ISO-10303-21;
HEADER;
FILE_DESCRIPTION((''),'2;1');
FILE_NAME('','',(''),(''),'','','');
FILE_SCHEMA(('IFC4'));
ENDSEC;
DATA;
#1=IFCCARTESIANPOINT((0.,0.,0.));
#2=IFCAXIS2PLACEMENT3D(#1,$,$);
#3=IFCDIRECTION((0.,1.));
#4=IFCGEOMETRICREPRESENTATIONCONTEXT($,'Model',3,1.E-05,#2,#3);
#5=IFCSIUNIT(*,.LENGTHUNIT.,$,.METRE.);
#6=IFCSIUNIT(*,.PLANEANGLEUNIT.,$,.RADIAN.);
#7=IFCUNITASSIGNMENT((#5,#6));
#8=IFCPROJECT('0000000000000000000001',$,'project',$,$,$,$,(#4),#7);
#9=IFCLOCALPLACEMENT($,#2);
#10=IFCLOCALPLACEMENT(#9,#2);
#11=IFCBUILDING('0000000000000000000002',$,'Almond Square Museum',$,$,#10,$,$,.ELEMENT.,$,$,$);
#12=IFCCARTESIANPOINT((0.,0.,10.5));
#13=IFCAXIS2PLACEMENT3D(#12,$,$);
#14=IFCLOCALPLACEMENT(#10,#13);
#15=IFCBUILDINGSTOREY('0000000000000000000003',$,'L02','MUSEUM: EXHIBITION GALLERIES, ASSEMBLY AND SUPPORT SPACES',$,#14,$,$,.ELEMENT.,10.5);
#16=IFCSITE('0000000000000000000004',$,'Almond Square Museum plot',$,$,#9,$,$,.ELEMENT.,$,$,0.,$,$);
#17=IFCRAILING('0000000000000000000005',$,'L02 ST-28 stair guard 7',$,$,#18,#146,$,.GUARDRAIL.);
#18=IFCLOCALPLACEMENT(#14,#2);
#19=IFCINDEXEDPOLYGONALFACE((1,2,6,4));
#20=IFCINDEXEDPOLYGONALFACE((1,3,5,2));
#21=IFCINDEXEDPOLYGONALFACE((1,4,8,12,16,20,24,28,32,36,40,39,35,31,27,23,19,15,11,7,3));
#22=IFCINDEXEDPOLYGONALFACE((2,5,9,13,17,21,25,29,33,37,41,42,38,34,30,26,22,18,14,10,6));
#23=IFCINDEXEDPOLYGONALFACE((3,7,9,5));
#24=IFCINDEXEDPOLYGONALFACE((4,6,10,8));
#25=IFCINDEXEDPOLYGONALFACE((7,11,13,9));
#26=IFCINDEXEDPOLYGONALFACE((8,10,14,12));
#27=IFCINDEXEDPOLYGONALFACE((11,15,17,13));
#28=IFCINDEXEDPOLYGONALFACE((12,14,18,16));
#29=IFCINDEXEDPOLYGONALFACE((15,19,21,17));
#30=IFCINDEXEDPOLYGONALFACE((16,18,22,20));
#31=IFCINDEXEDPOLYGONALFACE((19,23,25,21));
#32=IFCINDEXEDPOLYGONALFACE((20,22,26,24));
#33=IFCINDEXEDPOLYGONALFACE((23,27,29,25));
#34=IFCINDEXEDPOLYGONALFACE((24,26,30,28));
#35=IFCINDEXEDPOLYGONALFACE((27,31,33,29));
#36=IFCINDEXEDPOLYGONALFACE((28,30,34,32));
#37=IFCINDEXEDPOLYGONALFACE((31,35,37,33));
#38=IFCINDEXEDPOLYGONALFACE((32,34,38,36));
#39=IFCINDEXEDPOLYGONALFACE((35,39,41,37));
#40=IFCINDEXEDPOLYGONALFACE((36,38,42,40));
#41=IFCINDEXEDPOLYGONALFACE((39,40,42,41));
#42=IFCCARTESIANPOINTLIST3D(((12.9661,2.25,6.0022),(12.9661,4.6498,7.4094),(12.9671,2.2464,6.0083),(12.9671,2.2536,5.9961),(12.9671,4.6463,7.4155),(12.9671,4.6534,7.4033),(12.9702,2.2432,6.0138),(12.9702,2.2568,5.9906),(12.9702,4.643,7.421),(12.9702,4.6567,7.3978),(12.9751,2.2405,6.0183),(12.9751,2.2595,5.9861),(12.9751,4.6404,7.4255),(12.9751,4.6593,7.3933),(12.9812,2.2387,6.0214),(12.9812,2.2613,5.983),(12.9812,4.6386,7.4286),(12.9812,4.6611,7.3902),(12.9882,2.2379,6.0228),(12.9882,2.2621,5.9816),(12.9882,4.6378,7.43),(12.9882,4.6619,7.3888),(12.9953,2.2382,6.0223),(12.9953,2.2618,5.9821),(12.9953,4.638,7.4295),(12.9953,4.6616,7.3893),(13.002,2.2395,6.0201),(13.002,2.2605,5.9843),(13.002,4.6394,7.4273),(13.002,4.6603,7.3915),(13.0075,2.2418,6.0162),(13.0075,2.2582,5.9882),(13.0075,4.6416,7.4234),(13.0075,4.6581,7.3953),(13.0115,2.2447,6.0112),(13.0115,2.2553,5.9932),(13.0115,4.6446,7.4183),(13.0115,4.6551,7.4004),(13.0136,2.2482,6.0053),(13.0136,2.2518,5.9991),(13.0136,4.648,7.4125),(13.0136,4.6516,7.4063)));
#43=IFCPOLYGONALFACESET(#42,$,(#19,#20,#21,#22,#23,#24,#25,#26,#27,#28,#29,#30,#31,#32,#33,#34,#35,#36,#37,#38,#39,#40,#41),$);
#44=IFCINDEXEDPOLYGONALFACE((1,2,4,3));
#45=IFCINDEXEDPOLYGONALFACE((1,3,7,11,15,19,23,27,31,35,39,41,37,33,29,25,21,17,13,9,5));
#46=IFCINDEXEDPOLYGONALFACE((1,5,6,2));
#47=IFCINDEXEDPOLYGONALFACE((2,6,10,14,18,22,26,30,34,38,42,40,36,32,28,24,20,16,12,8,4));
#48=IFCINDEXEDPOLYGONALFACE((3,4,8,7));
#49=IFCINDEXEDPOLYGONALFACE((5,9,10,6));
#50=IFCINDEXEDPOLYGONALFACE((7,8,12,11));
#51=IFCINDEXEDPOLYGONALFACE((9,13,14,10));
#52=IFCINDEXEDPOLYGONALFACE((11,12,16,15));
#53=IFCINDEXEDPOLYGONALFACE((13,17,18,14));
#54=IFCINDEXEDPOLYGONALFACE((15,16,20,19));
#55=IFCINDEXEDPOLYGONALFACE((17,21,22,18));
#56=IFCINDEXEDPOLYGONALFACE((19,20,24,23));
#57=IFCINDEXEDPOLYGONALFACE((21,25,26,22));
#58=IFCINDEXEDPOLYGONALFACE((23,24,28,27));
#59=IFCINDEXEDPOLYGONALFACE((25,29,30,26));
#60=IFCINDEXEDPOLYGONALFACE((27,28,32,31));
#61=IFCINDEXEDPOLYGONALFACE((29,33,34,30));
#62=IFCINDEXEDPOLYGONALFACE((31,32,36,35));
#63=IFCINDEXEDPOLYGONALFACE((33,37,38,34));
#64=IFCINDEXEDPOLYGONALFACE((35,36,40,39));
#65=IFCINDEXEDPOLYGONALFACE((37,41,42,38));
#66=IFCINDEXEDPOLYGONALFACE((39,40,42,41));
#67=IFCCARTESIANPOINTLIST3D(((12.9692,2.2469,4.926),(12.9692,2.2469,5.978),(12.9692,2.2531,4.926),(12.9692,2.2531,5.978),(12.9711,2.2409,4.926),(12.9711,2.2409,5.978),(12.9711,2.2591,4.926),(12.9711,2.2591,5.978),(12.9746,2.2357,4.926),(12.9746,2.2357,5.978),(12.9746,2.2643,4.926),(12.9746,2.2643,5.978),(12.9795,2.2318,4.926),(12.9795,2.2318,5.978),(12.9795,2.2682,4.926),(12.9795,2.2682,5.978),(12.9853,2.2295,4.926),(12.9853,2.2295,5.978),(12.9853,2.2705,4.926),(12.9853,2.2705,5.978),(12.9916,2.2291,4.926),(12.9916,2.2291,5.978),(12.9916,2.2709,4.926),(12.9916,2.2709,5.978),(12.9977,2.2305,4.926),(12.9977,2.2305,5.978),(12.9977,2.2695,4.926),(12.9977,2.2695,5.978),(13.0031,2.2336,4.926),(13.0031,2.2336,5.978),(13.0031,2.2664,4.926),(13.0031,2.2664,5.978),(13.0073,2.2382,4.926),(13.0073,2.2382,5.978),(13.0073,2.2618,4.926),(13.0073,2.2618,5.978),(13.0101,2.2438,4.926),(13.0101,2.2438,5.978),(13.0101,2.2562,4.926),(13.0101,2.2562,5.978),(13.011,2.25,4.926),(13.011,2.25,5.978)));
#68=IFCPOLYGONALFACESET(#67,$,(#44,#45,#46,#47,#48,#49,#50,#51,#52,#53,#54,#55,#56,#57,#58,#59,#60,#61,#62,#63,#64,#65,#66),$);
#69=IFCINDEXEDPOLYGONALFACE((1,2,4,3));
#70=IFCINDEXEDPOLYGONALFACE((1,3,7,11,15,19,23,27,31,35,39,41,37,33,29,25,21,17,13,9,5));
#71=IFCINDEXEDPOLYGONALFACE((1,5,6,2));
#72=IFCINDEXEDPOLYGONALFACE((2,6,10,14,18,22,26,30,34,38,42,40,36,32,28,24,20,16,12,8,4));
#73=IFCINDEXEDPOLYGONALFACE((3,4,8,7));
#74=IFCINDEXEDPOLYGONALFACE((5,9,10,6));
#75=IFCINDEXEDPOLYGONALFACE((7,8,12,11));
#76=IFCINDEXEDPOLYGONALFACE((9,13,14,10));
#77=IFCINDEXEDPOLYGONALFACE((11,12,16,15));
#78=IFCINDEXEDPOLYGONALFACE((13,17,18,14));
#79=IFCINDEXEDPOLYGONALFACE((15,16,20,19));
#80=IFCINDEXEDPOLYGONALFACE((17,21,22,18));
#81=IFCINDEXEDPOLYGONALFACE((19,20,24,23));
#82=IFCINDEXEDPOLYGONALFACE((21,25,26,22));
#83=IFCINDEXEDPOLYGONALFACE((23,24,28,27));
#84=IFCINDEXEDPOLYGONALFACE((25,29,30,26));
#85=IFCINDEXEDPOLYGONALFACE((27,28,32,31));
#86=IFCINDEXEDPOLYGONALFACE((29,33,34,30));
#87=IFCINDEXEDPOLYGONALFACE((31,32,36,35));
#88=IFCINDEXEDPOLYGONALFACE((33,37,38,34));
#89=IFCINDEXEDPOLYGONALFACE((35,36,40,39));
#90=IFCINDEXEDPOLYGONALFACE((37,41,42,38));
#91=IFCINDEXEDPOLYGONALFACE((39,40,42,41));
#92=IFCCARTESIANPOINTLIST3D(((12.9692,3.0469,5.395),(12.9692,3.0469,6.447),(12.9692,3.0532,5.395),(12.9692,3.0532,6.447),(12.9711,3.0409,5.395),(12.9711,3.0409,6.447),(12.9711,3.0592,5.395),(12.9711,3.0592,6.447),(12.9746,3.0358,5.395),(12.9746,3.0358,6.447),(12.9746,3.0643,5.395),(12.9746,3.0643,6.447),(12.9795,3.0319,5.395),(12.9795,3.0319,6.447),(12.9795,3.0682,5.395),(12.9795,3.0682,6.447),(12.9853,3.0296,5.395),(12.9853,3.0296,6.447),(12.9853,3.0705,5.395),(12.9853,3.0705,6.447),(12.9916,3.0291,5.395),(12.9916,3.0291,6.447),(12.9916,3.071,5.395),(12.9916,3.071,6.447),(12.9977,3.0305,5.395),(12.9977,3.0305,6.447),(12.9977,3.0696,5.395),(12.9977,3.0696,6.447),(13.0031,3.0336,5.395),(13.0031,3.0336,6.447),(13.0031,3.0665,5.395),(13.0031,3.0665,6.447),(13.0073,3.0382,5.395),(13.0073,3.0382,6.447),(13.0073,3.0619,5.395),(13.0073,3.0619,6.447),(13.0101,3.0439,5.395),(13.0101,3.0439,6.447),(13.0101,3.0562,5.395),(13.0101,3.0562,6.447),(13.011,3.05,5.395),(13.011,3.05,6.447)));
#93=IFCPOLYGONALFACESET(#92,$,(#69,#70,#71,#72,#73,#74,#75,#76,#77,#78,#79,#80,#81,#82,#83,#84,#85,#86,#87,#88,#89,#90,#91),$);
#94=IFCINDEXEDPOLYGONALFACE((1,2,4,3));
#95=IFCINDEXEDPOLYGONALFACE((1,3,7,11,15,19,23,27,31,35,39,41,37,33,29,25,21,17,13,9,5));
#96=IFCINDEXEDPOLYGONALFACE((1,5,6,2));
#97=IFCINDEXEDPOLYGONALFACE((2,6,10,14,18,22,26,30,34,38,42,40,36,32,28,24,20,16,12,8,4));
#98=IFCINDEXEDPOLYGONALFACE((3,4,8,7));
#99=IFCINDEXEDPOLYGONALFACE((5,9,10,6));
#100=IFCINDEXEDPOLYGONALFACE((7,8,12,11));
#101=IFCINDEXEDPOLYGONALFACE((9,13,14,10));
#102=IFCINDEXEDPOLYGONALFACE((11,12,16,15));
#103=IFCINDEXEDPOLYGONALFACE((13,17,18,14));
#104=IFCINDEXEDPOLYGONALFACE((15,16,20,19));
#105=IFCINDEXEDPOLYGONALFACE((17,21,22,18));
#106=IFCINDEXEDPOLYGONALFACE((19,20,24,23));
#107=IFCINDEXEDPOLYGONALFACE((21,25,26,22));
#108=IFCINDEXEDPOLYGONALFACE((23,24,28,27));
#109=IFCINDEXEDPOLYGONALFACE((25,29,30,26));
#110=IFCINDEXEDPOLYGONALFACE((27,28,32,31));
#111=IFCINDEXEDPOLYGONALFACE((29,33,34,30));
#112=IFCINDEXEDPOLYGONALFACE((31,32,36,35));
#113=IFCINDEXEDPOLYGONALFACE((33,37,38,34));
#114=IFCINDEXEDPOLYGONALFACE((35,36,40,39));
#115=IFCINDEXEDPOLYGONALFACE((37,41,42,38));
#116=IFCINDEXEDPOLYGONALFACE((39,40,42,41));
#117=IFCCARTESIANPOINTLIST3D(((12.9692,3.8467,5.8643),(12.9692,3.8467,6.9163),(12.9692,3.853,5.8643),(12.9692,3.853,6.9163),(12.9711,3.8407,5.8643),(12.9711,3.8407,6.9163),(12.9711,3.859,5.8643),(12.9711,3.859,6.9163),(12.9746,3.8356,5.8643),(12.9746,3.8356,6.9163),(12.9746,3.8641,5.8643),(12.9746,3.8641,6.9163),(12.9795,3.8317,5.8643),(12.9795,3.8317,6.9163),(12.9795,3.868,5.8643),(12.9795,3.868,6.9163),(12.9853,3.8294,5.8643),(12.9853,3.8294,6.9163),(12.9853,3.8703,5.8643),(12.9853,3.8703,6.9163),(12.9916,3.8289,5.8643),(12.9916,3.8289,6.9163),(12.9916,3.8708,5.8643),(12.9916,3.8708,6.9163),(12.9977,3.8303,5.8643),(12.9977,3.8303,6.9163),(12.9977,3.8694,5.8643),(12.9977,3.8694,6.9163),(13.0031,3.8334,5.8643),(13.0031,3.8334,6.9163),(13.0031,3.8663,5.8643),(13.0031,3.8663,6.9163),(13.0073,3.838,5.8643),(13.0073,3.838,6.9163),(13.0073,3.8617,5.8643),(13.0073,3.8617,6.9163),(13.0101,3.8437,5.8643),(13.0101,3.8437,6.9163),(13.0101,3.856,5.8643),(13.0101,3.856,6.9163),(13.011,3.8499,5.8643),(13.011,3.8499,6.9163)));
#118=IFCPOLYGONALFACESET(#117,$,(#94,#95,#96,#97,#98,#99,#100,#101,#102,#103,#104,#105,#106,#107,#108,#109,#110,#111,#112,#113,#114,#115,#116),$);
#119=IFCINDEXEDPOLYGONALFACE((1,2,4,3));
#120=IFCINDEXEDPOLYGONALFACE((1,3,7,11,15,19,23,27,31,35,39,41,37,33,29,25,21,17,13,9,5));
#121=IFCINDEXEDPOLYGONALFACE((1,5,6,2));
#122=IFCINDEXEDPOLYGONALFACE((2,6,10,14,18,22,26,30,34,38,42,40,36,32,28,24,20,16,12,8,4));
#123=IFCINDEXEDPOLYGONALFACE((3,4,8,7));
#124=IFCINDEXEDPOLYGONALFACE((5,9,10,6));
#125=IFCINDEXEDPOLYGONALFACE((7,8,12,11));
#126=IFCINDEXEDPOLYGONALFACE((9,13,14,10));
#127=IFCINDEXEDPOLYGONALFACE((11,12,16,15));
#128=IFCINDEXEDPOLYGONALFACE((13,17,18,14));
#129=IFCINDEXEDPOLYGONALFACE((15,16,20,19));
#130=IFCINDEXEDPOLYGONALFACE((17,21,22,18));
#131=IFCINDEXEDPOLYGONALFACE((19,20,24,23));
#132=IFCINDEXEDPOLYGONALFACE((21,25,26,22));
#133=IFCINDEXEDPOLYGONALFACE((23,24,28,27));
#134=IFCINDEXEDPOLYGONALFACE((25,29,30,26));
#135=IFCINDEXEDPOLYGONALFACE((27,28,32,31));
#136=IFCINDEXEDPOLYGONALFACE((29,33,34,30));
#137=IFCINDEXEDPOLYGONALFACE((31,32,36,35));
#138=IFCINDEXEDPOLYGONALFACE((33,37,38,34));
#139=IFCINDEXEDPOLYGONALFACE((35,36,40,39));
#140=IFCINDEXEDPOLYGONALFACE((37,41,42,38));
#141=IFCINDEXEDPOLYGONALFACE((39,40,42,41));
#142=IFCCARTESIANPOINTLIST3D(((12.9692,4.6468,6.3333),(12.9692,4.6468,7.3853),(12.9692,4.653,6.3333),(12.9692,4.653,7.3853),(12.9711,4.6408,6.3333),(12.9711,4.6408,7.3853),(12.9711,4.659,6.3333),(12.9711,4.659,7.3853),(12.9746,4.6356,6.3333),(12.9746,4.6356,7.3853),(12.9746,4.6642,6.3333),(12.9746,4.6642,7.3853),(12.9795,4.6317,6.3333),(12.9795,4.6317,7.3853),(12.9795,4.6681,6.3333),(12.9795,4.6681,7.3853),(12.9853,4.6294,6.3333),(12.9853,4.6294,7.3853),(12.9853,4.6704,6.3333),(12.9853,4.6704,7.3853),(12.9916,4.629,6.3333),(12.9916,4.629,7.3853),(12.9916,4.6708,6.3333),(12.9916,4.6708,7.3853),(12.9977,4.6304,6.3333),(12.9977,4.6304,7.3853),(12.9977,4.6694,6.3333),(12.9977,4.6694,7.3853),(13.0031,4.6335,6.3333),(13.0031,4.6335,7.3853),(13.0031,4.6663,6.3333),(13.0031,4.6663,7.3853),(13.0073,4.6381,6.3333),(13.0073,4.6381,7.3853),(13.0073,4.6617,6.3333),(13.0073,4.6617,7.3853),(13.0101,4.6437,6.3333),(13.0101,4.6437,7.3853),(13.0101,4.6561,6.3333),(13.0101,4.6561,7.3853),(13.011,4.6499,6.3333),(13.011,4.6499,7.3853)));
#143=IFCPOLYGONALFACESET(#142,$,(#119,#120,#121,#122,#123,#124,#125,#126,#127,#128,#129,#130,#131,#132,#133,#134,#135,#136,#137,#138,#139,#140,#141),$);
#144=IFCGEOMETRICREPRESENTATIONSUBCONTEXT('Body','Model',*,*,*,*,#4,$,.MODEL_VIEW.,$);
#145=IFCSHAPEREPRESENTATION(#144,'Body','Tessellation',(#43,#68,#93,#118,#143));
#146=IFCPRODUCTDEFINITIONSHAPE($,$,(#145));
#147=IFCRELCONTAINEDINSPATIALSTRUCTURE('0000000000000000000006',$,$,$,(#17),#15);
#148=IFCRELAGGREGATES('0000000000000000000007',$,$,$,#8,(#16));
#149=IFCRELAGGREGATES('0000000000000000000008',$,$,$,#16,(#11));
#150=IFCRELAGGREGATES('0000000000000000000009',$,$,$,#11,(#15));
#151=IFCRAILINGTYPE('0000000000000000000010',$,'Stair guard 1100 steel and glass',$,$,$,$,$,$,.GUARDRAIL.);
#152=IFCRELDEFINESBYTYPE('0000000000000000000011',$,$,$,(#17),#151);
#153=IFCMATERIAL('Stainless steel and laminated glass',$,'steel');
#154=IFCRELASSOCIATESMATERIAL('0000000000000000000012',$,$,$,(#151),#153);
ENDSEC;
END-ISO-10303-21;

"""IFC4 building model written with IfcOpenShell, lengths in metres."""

from ifc_helpers import new_model, si_unit, direction, frame, origin, origin_2d, place, context, subcontext, project, spatial, circle, extrude, material, type_object, element, save


model = new_model("IFC4")

# Units and contexts
model_context = context("Model", 3, precision=1e-05, world=origin(), true_north=direction((0.0, 1.0)))
body_context = subcontext(model_context, "Body", "Model", "MODEL_VIEW")
ifc_project = project(units=[si_unit("LENGTHUNIT", "METRE"), si_unit("PLANEANGLEUNIT", "RADIAN")], contexts=[model_context])

# Site, building, storey
site_placement = place(None, origin())
site = spatial("IfcSite", under=ifc_project, at=site_placement, Name="Almond Square Museum plot", CompositionType="ELEMENT", RefElevation=0.0)
building_placement = place(site_placement, origin())
building = spatial("IfcBuilding", under=site, at=building_placement, Name="Almond Square Museum", CompositionType="ELEMENT")
storey_placement = place(building_placement, frame((0.0, 0.0, 10.5)))
storey = spatial("IfcBuildingStorey", under=building, at=storey_placement, Name="L02", Description="MUSEUM: EXHIBITION GALLERIES, ASSEMBLY AND SUPPORT SPACES", CompositionType="ELEMENT", Elevation=10.5)

# Railing
ifc_material_1 = material(Name="Stainless steel and laminated glass", Category="steel")
railing_type_1 = type_object("IfcRailingType", Name="Stair guard 1100 steel and glass", PredefinedType="GUARDRAIL", material=ifc_material_1)
railing_1_placement = place(storey_placement, frame((12.99, 2.25, 4.926)))
element("IfcRailing", 1, at=railing_1_placement, inside=storey, type_object=railing_type_1, Name="L02 ST-28 stair guard 7", PredefinedType="GUARDRAIL", context=body_context, shape_type="SweptSolid", body=[
    extrude(circle(Radius=0.0239, at=origin_2d()), frame((0.0, 0.0, 1.0762), z_axis=(0.0, 0.862637, 0.505823), x_axis=(-1.0, 0.0, 0.0)), (0.0, 0.0, 1.0), 2.782),
    extrude(circle(Radius=0.021, at=origin_2d()), origin(), (0.0, 0.0, 1.0), 1.052),
    extrude(circle(Radius=0.021, at=origin_2d()), frame((0.0, 0.8, 0.469)), (0.0, 0.0, 1.0), 1.052),
    extrude(circle(Radius=0.021, at=origin_2d()), frame((0.0, 1.5999, 0.9382)), (0.0, 0.0, 1.0), 1.052),
    extrude(circle(Radius=0.021, at=origin_2d()), frame((0.0, 2.3999, 1.4072)), (0.0, 0.0, 1.0), 1.052),
])

save(model, "model.ifc")
